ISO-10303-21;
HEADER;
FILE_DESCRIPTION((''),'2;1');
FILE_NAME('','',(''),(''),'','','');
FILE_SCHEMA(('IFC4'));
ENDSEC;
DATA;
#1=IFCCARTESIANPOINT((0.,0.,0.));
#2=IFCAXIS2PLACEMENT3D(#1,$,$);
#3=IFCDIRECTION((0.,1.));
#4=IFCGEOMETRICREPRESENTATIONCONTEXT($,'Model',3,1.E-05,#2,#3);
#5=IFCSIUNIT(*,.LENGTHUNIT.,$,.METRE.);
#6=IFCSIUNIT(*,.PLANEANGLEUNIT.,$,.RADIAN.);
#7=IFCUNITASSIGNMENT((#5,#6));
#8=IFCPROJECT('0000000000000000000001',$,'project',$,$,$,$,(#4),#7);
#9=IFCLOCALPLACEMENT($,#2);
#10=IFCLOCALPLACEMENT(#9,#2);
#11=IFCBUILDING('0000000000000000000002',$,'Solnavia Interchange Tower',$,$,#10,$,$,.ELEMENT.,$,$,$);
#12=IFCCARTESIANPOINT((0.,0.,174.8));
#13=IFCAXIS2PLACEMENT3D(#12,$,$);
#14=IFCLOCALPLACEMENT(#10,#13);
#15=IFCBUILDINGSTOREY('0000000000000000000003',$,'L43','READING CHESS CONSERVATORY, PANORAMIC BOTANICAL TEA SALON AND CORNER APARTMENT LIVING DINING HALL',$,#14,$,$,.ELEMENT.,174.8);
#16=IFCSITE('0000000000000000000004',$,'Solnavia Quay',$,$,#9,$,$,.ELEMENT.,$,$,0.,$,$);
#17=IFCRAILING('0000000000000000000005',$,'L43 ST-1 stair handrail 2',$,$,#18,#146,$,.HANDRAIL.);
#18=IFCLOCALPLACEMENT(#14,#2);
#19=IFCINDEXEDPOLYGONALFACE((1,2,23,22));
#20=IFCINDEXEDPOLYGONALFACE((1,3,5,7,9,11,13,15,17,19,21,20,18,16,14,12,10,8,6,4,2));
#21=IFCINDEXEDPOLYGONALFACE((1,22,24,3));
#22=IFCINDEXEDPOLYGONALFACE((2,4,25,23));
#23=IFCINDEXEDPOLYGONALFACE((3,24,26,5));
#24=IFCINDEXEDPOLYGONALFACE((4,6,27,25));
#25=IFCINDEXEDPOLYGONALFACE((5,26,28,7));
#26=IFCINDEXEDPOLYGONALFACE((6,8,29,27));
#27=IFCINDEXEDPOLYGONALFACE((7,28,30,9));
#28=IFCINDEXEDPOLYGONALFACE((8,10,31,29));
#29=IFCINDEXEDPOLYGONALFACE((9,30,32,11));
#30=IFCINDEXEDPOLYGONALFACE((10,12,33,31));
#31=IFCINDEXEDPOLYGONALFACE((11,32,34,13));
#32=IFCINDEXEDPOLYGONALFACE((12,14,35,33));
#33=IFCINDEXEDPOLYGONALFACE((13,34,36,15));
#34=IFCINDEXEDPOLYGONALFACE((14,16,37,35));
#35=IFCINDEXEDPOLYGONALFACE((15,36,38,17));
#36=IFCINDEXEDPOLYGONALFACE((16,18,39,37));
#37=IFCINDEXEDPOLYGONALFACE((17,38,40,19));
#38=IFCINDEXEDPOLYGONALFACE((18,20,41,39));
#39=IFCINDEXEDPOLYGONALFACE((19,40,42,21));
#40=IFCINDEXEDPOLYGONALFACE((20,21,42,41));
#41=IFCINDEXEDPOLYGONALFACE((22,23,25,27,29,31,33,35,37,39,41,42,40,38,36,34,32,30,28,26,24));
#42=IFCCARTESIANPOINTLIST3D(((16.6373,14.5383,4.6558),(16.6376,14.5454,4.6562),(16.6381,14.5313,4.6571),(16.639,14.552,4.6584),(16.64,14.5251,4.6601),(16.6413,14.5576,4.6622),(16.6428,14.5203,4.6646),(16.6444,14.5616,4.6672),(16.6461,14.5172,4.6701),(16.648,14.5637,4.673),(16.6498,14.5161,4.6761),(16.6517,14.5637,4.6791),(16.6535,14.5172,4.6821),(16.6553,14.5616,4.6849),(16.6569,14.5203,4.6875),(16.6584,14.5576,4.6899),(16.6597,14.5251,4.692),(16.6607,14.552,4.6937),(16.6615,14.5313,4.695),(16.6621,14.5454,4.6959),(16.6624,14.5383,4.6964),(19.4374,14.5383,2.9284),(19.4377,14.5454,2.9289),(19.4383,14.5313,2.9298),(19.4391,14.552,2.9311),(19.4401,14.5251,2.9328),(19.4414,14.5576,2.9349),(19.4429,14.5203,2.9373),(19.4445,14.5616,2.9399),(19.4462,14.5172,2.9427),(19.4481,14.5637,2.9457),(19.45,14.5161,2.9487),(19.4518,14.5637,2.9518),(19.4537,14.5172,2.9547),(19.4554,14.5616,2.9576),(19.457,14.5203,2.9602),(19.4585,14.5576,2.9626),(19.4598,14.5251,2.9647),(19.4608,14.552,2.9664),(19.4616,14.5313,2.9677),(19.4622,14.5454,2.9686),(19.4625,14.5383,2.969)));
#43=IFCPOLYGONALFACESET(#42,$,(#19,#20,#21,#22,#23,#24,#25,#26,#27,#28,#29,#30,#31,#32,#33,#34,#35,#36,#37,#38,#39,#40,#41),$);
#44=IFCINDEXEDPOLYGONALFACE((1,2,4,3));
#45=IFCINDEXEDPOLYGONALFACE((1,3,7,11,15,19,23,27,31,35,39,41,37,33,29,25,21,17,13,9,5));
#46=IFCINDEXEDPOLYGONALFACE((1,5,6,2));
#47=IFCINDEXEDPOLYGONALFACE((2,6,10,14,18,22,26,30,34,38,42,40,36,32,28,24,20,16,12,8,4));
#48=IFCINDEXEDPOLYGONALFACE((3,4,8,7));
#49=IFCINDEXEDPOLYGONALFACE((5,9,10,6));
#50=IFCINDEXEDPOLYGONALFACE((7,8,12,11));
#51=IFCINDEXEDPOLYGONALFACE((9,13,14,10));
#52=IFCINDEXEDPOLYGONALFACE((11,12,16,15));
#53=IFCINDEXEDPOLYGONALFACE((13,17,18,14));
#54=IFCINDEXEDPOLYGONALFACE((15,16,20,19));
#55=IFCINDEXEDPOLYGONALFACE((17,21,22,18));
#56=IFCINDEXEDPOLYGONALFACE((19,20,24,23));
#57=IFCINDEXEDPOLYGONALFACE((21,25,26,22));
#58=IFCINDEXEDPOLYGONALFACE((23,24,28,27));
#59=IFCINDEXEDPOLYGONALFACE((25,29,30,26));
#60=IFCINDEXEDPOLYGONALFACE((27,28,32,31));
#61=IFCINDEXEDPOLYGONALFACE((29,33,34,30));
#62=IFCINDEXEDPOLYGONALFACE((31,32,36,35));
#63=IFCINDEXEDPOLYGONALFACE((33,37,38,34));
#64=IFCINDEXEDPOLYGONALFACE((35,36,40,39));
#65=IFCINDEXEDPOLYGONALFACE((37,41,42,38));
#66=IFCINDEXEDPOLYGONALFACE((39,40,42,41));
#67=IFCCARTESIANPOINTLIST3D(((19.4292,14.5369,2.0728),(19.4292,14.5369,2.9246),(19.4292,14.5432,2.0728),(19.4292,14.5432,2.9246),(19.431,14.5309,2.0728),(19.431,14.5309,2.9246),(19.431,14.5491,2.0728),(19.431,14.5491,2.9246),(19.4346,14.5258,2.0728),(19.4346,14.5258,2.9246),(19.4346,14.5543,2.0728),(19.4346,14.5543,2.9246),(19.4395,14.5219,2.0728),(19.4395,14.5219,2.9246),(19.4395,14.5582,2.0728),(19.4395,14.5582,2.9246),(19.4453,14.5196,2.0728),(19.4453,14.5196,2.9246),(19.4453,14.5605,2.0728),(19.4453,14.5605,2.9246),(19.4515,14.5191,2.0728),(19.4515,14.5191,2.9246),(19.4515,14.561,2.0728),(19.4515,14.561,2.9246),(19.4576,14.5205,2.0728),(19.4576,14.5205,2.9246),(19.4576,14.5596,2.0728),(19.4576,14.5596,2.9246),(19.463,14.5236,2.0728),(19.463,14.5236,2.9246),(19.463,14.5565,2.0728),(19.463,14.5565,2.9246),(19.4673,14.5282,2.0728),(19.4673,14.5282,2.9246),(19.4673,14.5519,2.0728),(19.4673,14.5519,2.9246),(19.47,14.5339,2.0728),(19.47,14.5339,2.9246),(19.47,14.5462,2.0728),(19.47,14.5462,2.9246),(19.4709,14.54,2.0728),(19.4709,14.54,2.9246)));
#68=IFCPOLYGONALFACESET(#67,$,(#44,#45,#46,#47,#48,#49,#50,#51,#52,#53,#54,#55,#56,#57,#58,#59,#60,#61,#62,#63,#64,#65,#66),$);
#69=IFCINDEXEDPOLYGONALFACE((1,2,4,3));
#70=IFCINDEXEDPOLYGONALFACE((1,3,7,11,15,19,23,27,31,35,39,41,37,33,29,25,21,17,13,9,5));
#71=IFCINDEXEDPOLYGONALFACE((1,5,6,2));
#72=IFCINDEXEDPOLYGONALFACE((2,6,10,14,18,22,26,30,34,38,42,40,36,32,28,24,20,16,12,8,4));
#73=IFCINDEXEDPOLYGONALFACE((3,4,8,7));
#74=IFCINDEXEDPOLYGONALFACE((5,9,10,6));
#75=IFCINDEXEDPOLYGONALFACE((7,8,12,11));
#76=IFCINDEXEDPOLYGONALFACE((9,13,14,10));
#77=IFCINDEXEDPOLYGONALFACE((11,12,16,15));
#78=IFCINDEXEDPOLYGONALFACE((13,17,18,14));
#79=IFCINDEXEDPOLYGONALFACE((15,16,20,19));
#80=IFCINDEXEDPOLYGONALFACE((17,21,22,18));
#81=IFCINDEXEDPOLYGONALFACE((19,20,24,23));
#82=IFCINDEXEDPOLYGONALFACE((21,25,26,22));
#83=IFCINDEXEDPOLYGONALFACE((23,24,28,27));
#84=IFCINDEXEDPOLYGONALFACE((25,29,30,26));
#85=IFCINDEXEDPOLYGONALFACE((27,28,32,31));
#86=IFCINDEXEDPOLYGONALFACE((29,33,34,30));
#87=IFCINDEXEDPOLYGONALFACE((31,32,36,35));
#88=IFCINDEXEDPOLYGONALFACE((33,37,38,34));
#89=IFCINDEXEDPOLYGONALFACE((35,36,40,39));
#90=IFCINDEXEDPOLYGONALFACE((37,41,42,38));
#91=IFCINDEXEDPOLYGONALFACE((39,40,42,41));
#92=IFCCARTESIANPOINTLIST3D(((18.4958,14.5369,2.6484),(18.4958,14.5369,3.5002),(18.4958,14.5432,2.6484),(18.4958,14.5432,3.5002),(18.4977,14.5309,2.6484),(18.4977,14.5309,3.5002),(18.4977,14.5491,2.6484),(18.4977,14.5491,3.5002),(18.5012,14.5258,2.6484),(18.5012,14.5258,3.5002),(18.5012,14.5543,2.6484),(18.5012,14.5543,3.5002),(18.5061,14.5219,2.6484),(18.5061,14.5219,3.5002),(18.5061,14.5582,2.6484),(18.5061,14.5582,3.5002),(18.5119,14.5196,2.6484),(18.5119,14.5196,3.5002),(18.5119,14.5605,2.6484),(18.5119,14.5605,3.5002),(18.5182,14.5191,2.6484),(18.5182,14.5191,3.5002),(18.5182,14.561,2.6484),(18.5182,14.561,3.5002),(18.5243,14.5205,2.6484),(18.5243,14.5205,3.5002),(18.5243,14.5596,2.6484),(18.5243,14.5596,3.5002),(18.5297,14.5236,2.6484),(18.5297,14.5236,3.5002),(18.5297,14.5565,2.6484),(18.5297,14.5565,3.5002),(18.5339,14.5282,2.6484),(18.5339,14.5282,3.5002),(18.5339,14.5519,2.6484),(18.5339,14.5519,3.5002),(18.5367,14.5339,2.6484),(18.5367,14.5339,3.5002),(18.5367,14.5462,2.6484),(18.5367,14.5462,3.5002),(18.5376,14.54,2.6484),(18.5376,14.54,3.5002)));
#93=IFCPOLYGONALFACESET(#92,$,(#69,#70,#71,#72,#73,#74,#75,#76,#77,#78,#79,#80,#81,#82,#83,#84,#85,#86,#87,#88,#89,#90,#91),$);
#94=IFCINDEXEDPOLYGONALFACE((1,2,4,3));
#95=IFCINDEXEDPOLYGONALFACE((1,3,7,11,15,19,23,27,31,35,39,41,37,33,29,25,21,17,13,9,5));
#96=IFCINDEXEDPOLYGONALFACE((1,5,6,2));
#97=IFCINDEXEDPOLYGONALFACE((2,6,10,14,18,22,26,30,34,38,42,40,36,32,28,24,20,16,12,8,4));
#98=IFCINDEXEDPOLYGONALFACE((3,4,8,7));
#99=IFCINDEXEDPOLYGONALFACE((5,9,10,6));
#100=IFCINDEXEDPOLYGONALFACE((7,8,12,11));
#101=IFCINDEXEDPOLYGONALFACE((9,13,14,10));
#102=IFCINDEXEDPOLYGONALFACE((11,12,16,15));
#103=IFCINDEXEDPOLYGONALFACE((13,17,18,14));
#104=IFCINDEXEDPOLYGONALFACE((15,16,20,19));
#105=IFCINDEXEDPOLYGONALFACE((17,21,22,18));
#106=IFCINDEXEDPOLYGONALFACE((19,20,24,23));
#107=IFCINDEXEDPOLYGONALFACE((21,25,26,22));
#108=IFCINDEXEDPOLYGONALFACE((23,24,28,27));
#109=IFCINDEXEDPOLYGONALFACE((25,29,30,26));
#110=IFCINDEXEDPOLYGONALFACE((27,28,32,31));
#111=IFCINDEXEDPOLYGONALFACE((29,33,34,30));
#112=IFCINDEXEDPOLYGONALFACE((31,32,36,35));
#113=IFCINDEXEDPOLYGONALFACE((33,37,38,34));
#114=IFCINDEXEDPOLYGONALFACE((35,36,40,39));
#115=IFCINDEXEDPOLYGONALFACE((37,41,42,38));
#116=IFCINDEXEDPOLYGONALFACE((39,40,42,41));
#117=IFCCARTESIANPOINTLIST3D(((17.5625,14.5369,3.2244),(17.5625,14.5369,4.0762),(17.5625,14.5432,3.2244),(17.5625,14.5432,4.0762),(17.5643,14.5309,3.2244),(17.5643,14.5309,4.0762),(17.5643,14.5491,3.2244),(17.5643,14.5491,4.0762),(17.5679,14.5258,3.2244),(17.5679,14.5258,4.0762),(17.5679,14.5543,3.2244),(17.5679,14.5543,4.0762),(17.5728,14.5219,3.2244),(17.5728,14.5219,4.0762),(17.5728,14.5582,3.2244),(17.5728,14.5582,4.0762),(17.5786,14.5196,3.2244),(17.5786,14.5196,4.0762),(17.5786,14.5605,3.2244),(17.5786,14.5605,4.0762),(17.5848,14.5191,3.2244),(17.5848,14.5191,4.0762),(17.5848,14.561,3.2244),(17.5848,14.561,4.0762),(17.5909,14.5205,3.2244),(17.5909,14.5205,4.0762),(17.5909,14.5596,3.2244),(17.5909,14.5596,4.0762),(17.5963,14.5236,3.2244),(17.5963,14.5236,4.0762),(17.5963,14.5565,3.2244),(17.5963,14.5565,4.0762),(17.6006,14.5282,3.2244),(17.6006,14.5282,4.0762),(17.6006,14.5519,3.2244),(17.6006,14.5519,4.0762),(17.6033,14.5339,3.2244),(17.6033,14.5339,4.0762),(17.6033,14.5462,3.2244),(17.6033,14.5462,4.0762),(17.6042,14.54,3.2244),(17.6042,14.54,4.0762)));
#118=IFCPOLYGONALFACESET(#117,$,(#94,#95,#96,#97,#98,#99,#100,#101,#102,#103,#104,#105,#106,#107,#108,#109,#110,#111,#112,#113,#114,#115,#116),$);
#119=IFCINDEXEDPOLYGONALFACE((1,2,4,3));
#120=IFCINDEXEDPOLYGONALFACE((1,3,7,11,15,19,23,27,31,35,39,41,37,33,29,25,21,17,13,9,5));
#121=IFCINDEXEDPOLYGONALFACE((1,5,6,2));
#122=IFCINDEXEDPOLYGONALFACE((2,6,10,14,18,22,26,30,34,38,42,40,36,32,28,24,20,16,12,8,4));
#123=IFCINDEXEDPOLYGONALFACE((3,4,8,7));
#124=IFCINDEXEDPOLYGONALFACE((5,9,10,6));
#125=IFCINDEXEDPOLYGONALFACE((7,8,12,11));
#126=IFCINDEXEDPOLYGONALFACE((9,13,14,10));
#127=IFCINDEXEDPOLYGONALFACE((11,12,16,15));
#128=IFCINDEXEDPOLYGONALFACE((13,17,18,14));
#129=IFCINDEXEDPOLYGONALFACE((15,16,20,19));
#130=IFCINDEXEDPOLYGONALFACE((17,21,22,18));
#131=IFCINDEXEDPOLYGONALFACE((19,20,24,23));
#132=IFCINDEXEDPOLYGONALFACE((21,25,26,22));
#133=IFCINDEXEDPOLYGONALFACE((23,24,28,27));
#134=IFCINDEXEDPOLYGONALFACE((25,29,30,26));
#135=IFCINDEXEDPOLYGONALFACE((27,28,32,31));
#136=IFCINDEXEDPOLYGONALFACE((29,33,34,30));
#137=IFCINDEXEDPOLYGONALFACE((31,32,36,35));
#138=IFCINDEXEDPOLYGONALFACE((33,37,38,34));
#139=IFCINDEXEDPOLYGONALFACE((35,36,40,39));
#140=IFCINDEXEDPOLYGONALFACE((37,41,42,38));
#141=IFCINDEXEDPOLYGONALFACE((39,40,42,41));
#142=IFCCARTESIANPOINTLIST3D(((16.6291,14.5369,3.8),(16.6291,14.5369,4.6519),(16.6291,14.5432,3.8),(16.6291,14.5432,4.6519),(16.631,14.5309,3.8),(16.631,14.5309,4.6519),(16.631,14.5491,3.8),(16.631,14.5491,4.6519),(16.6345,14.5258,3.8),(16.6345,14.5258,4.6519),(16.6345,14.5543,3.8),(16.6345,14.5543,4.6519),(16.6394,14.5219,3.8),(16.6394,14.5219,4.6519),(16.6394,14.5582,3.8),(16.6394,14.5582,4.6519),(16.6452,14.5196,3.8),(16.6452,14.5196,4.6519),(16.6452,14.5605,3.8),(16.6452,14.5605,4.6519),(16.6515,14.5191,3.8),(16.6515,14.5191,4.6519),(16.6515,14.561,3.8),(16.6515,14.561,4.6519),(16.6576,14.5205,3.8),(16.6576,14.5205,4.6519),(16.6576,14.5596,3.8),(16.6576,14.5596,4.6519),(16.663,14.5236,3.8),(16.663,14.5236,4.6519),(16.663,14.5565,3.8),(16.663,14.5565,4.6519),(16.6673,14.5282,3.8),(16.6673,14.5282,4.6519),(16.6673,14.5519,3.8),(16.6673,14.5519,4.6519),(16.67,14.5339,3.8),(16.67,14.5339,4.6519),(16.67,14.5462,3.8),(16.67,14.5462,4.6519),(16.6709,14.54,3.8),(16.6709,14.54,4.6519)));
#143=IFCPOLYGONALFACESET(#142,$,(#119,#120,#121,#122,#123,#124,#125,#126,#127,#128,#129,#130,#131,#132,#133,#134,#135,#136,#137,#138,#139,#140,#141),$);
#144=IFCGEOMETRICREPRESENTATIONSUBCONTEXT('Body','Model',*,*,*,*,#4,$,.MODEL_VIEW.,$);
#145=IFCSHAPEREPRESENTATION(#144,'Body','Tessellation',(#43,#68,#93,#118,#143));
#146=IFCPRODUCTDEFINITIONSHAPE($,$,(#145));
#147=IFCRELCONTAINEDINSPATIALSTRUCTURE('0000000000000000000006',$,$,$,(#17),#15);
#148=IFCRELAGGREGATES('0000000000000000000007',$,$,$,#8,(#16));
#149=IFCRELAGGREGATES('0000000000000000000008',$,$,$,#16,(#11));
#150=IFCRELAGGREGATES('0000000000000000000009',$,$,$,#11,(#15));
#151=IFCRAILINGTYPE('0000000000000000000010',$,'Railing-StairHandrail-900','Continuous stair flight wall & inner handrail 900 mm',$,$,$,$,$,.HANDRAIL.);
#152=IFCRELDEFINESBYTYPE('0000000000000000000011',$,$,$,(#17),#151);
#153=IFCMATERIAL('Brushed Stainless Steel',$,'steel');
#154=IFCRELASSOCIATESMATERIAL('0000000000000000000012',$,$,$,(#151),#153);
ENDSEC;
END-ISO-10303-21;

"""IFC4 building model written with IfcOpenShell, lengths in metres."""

from ifc_helpers import new_model, si_unit, direction, frame, origin, origin_2d, place, context, subcontext, project, spatial, circle, extrude, material, type_object, element, save


model = new_model("IFC4")

# Units and contexts
model_context = context("Model", 3, precision=1e-05, world=origin(), true_north=direction((0.0, 1.0)))
body_context = subcontext(model_context, "Body", "Model", "MODEL_VIEW")
ifc_project = project(units=[si_unit("LENGTHUNIT", "METRE"), si_unit("PLANEANGLEUNIT", "RADIAN")], contexts=[model_context])

# Site, building, storey
site_placement = place(None, origin())
site = spatial("IfcSite", under=ifc_project, at=site_placement, Name="Solnavia Quay", CompositionType="ELEMENT", RefElevation=0.0)
building_placement = place(site_placement, origin())
building = spatial("IfcBuilding", under=site, at=building_placement, Name="Solnavia Interchange Tower", CompositionType="ELEMENT")
storey_placement = place(building_placement, frame((0.0, 0.0, 174.8)))
storey = spatial("IfcBuildingStorey", under=building, at=storey_placement, Name="L43", Description="READING CHESS CONSERVATORY, PANORAMIC BOTANICAL TEA SALON AND CORNER APARTMENT LIVING DINING HALL", CompositionType="ELEMENT", Elevation=174.8)

# Railing
ifc_material_1 = material(Name="Brushed Stainless Steel", Category="steel")
railing_type_1 = type_object("IfcRailingType", Name="Railing-StairHandrail-900", Description="Continuous stair flight wall & inner handrail 900 mm", PredefinedType="HANDRAIL", material=ifc_material_1)
railing_1_placement = place(storey_placement, frame((19.45, 14.54, 2.0728)))
element("IfcRailing", 1, at=railing_1_placement, inside=storey, type_object=railing_type_1, Name="L43 ST-1 stair handrail 2", PredefinedType="HANDRAIL", context=body_context, shape_type="SweptSolid", body=[
    extrude(circle(Radius=0.0239, at=origin_2d()), frame((0.0, 0.0, 0.876), z_axis=(-0.85109, 0.0, 0.52502), x_axis=(0.0, -1.0, 0.0)), (0.0, 0.0, 1.0), 3.29),
    extrude(circle(Radius=0.021, at=origin_2d()), origin(), (0.0, 0.0, 1.0), 0.8518),
    extrude(circle(Radius=0.021, at=origin_2d()), frame((-0.9333, 0.0, 0.5757)), (0.0, 0.0, 1.0), 0.8518),
    extrude(circle(Radius=0.021, at=origin_2d()), frame((-1.8667, 0.0, 1.1516)), (0.0, 0.0, 1.0), 0.8518),
    extrude(circle(Radius=0.021, at=origin_2d()), frame((-2.8, 0.0, 1.7273)), (0.0, 0.0, 1.0), 0.8518),
])

save(model, "model.ifc")
